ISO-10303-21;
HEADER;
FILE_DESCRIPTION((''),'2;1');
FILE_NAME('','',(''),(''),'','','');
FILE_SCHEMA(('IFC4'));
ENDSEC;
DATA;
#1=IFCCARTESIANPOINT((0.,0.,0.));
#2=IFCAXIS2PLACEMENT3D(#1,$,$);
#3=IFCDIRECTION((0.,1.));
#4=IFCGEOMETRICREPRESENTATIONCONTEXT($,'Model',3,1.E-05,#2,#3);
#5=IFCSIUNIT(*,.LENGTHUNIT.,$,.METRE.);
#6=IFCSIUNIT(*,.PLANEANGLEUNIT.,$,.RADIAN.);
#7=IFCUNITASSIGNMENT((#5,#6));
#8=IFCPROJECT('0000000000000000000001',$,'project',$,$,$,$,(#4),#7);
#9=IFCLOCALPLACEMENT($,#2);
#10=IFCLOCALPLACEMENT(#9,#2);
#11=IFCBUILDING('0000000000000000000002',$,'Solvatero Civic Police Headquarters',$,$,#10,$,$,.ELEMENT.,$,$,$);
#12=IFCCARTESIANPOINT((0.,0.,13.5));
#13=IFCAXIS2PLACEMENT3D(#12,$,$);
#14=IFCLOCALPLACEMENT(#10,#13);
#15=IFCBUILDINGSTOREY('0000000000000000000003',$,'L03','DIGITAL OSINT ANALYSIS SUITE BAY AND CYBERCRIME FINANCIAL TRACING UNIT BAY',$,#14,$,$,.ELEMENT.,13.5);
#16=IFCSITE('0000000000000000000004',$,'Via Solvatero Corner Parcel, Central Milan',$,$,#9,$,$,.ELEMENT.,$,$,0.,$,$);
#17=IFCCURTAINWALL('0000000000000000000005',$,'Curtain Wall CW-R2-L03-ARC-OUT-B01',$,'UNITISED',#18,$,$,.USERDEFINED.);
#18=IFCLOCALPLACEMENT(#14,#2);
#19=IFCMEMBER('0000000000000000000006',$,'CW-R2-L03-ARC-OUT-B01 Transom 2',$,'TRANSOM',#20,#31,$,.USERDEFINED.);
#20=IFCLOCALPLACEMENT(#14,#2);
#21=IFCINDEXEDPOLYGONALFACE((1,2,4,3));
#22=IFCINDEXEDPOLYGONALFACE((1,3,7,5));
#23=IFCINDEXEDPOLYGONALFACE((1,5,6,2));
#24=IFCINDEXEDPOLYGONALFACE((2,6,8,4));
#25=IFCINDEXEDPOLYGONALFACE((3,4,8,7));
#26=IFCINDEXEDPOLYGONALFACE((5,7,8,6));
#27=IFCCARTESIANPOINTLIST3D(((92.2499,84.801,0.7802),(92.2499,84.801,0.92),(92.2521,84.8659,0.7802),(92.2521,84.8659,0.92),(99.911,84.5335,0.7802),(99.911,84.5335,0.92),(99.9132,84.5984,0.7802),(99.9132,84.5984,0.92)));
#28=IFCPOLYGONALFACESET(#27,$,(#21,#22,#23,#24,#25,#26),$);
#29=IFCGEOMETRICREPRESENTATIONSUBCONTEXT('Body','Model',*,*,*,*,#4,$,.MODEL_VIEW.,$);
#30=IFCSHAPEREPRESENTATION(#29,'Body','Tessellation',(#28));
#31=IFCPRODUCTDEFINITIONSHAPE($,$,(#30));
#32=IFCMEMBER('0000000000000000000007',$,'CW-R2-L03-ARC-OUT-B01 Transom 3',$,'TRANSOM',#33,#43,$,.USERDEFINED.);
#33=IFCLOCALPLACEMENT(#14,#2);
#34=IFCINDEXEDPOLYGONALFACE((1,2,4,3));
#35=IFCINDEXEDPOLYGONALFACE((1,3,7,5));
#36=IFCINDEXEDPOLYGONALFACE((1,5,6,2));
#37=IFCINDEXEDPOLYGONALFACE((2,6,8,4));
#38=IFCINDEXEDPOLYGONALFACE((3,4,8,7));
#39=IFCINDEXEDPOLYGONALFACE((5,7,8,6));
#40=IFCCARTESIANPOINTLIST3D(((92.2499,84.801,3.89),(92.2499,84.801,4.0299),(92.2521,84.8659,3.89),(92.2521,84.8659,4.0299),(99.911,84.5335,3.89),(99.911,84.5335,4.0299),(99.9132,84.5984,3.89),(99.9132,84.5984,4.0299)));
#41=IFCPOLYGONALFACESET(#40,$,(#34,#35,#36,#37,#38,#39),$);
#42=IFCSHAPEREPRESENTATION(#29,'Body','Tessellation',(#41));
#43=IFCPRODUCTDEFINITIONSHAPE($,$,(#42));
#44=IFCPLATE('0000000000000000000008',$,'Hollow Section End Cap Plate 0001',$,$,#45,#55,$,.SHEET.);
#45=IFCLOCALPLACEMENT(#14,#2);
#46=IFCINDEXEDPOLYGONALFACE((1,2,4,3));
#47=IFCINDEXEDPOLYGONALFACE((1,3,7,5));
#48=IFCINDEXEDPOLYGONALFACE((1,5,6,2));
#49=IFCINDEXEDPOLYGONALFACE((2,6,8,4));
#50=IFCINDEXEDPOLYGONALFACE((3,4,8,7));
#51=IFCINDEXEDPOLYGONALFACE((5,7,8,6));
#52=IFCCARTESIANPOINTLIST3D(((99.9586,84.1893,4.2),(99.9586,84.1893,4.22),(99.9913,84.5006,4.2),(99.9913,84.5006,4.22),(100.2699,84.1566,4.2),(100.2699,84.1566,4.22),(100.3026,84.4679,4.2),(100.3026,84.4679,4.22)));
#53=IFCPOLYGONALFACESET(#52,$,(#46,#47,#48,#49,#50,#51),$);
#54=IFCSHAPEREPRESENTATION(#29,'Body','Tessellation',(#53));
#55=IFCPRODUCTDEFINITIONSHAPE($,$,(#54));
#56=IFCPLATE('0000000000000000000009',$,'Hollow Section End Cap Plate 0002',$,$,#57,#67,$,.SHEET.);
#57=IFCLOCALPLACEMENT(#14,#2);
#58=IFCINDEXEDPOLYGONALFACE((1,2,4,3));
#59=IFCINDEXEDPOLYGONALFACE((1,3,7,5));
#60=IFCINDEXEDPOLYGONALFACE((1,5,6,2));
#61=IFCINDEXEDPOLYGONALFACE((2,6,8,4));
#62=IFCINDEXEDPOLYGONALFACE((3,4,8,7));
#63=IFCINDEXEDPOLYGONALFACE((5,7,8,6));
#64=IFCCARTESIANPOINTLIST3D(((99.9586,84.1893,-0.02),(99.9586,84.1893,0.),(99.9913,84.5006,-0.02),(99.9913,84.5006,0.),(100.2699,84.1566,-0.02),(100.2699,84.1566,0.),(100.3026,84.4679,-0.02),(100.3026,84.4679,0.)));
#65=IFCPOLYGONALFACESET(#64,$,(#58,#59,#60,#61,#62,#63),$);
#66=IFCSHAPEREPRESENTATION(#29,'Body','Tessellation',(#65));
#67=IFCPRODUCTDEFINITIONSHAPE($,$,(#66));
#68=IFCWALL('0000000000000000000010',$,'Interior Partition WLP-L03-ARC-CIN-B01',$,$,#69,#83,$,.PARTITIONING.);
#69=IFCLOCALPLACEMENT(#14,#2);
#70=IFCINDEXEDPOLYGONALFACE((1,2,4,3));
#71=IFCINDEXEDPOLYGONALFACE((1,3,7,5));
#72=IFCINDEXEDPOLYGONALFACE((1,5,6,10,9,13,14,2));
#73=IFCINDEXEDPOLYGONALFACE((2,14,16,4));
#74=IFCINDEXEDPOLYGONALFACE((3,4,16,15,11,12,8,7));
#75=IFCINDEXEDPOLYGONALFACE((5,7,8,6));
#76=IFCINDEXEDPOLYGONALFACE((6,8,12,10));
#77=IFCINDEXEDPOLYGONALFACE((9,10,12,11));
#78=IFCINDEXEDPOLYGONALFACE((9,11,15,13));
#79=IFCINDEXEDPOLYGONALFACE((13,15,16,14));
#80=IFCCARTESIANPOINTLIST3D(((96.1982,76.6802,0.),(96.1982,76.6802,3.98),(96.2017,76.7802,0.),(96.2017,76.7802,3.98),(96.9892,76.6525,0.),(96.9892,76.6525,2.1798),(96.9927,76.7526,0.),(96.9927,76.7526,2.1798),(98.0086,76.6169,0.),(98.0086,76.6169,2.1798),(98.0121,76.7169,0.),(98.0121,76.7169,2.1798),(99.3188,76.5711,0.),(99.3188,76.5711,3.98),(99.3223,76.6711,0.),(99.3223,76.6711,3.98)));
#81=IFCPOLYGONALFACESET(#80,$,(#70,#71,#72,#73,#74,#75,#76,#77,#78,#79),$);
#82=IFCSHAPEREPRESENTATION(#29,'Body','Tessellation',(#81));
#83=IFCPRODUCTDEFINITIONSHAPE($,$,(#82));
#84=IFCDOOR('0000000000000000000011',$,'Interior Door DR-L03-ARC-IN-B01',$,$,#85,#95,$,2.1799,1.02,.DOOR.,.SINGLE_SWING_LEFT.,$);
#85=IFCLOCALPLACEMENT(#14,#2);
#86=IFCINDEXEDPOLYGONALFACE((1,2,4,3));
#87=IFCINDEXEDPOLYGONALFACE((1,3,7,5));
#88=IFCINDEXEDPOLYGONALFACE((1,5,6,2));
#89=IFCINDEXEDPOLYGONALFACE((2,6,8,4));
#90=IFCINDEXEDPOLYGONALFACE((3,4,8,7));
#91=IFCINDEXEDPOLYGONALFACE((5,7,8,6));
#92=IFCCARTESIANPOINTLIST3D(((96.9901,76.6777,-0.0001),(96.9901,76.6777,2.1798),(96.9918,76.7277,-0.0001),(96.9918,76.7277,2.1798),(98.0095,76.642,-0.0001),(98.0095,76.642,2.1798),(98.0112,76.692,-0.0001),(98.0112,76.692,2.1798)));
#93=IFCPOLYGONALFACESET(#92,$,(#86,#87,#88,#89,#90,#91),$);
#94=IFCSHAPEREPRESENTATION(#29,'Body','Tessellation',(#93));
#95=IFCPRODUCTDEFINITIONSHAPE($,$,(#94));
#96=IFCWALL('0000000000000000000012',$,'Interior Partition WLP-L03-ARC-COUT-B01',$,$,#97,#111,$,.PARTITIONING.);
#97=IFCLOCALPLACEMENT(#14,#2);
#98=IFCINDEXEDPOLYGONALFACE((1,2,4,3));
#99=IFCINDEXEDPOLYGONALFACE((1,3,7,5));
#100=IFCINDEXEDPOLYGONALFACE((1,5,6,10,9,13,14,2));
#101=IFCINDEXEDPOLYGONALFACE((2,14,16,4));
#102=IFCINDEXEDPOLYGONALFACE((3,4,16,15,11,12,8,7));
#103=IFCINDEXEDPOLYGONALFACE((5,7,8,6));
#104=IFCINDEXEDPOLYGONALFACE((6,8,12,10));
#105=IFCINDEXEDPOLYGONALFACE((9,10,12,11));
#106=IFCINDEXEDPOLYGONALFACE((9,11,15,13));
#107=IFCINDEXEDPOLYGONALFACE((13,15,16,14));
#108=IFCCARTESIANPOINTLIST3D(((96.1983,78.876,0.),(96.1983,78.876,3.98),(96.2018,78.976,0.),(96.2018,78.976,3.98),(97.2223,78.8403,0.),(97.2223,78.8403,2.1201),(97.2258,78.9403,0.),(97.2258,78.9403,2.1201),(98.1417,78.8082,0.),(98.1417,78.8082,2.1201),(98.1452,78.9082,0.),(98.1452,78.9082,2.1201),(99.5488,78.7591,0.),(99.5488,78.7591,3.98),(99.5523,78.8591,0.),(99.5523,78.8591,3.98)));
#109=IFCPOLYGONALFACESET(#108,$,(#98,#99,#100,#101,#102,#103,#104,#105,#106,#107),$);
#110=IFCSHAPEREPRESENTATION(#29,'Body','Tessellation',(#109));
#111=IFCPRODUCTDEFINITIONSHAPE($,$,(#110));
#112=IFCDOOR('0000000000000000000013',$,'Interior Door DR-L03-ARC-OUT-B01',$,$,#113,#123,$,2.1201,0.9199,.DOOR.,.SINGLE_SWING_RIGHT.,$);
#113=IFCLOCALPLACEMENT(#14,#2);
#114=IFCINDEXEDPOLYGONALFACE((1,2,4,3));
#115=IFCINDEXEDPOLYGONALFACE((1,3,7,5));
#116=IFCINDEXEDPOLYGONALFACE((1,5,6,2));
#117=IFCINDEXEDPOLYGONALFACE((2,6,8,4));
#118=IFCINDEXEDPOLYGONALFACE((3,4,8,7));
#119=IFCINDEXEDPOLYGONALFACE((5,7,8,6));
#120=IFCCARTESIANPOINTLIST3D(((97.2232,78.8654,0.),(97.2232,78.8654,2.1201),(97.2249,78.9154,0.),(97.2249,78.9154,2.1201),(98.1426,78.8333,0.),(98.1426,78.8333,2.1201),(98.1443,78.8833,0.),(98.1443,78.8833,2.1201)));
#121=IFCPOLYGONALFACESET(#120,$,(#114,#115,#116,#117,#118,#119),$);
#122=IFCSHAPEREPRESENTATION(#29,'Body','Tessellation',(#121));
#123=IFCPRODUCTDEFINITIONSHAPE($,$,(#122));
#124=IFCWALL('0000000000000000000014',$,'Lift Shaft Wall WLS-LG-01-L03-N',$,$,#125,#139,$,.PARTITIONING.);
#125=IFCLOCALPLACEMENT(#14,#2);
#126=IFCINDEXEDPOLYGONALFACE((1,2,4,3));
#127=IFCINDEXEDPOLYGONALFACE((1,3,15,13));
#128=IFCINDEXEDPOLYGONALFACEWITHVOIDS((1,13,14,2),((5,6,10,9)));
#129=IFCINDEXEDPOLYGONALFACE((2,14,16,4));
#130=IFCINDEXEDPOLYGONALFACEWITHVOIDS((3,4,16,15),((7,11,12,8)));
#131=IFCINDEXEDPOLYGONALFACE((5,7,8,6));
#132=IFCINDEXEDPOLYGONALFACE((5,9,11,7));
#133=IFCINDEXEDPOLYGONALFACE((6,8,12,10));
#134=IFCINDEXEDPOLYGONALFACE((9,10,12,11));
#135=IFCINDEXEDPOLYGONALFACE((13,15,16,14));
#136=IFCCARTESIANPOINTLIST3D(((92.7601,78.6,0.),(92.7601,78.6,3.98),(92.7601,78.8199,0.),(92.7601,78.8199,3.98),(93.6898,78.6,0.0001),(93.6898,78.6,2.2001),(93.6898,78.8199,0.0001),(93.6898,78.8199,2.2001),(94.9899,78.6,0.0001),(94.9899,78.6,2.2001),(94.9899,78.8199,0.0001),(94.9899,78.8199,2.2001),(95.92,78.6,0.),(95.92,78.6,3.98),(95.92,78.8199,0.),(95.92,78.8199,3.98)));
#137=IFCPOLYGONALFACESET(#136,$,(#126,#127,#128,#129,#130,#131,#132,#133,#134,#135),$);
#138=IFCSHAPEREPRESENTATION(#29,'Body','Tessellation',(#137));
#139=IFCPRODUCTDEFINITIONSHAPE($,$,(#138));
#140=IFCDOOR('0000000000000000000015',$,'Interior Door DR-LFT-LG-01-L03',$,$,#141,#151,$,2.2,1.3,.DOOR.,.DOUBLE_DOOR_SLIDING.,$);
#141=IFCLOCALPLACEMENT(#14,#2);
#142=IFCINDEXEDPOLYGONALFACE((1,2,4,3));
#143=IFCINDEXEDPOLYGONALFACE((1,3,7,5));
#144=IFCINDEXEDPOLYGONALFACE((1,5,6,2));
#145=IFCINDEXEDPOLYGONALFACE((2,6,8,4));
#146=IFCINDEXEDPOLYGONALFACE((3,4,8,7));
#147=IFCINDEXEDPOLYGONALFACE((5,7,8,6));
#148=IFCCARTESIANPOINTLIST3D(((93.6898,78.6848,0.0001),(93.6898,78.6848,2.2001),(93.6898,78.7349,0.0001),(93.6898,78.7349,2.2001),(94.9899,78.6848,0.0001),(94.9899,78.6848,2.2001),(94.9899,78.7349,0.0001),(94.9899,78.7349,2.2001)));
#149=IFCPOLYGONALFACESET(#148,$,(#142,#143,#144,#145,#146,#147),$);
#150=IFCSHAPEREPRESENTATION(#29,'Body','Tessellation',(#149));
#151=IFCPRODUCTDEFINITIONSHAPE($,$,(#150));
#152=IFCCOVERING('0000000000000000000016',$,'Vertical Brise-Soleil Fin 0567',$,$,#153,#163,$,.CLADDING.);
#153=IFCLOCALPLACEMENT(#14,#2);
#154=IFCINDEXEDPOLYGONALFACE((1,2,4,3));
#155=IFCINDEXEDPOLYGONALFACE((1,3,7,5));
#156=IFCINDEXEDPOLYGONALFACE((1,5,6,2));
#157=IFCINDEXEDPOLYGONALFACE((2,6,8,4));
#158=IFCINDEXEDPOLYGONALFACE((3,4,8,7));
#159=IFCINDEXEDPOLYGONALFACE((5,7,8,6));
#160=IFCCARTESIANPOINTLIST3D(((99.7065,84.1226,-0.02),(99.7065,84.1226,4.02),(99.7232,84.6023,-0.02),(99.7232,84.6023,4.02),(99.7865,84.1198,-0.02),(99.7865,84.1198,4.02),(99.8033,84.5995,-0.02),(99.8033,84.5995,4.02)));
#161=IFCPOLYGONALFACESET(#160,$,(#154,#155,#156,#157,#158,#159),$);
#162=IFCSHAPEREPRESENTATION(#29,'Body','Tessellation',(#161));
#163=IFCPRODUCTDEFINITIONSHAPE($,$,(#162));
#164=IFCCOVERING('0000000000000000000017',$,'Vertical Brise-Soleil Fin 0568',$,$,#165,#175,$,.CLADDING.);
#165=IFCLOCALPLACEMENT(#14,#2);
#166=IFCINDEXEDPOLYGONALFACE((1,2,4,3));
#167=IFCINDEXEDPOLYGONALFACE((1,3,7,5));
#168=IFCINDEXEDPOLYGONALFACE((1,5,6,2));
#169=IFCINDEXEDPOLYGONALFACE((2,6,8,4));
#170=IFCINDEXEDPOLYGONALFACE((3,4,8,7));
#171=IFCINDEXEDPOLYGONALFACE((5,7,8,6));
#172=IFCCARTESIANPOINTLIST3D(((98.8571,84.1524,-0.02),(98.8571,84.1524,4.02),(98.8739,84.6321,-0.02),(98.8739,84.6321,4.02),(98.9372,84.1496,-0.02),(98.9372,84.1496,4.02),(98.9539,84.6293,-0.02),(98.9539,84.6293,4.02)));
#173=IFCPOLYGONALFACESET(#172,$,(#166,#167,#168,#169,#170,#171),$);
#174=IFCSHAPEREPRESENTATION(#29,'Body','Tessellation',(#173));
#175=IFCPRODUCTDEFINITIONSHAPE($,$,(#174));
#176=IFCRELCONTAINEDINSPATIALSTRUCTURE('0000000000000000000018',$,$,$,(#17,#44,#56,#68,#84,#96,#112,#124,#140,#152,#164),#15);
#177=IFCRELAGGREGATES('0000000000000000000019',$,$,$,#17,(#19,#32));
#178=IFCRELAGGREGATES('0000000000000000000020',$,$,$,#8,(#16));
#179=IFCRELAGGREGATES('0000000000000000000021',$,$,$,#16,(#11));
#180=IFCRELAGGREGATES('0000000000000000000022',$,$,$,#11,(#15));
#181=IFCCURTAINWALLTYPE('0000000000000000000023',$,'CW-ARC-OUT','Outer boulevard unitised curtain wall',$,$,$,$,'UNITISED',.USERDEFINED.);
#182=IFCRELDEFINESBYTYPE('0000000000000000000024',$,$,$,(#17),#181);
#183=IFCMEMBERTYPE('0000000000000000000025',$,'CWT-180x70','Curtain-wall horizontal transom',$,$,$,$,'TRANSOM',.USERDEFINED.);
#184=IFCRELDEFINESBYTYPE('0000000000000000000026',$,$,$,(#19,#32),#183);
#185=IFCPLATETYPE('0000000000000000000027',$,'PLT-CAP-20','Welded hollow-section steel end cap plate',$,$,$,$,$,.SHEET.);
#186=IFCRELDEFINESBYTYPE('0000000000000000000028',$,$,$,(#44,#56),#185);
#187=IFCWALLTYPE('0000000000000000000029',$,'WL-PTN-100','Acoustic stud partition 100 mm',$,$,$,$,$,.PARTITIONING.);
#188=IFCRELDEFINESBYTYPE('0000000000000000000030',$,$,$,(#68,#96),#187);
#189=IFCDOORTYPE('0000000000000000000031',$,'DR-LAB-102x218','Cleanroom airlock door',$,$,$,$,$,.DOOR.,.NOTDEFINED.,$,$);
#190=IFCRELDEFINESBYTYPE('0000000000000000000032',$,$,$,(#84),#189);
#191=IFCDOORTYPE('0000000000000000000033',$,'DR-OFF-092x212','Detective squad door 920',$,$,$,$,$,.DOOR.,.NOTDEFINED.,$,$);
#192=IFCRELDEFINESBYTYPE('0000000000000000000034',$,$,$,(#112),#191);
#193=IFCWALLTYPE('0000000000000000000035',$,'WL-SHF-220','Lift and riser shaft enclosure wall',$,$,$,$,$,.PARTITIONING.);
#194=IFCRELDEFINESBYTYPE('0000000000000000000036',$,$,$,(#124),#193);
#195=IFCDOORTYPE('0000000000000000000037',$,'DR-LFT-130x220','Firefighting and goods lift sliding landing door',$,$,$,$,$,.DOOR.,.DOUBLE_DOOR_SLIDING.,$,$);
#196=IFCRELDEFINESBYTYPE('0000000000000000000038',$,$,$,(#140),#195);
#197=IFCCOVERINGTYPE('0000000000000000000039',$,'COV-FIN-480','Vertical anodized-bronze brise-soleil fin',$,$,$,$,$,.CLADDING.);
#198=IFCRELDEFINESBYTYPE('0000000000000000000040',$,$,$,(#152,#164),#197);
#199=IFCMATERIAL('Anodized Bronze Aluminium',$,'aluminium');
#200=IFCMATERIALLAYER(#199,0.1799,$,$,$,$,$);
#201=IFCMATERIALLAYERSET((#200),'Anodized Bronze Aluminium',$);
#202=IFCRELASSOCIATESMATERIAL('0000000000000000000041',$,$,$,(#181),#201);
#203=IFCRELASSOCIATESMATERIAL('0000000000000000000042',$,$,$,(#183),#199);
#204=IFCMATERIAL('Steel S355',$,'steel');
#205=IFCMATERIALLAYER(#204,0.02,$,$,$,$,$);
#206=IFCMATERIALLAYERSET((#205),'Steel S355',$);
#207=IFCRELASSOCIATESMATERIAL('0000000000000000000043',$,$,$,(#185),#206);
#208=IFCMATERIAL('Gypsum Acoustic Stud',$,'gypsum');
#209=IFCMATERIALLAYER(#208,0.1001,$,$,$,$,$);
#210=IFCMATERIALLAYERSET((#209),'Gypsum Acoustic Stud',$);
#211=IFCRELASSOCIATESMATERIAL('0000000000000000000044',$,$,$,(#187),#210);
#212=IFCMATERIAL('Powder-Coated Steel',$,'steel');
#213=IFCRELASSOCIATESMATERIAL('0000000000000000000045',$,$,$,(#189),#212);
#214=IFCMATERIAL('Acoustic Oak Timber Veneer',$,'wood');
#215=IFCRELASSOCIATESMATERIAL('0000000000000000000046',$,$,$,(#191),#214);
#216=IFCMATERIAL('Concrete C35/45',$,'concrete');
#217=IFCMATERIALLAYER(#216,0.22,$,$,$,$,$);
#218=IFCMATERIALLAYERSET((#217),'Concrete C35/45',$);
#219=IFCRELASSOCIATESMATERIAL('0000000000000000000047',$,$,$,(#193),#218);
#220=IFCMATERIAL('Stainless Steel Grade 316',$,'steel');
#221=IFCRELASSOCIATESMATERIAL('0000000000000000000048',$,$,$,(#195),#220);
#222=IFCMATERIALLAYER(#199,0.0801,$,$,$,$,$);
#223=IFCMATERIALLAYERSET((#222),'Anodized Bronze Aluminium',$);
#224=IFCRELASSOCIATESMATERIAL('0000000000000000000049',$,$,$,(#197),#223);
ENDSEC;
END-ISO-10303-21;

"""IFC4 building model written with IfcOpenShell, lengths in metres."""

from ifc_helpers import new_model, si_unit, direction, frame, frame_2d, origin, origin_2d, place, context, subcontext, project, spatial, rectangle, extrude, material, layer, layer_set, material_profile, profile_set, type_object, element, fill, aggregate, save


model = new_model("IFC4")

# Units and contexts
model_context = context("Model", 3, precision=1e-05, world=origin(), true_north=direction((0.0, 1.0)))
body_context = subcontext(model_context, "Body", "Model", "MODEL_VIEW")
ifc_project = project(units=[si_unit("LENGTHUNIT", "METRE"), si_unit("PLANEANGLEUNIT", "RADIAN")], contexts=[model_context])

# Site, building, storey
site_placement = place(None, origin())
site = spatial("IfcSite", under=ifc_project, at=site_placement, Name="Via Solvatero Corner Parcel, Central Milan", CompositionType="ELEMENT", RefElevation=0.0)
building_placement = place(site_placement, origin())
building = spatial("IfcBuilding", under=site, at=building_placement, Name="Solvatero Civic Police Headquarters", CompositionType="ELEMENT")
storey_placement = place(building_placement, frame((0.0, 0.0, 13.5)))
storey = spatial("IfcBuildingStorey", under=building, at=storey_placement, Name="L03", Description="DIGITAL OSINT ANALYSIS SUITE BAY AND CYBERCRIME FINANCIAL TRACING UNIT BAY", CompositionType="ELEMENT", Elevation=13.5)

# Shared definitions
ifc_material_1 = material(Name="Steel S355", Category="steel")

# Curtain wall, members
ifc_material_2 = material(Name="Anodized Bronze Aluminium", Category="aluminium")
ifc_layer_1 = layer(ifc_material_2, 0.1799)
ifc_layer_set_1 = layer_set([ifc_layer_1], Name="Anodized Bronze Aluminium")
curtain_wall_type = type_object("IfcCurtainWallType", Name="CW-ARC-OUT", Description="Outer boulevard unitised curtain wall", ElementType="UNITISED", PredefinedType="USERDEFINED", material=ifc_layer_set_1)
curtain_wall_placement = place(storey_placement, origin())
curtain_wall = element("IfcCurtainWall", 1, at=curtain_wall_placement, inside=storey, type_object=curtain_wall_type, Name="Curtain Wall CW-R2-L03-ARC-OUT-B01", ObjectType="UNITISED", PredefinedType="USERDEFINED")
ifc_material_profile_1 = material_profile(ifc_material_2, rectangle(XDim=0.0649, YDim=0.1399, at=origin_2d()), Name="ALU TRANSOM 65x140")
ifc_profile_set_1 = profile_set([ifc_material_profile_1], Name="Anodized Bronze Aluminium")
member_type_1 = type_object("IfcMemberType", Name="CWT-180x70", Description="Curtain-wall horizontal transom", ElementType="TRANSOM", PredefinedType="USERDEFINED", material=ifc_profile_set_1)
member_1_placement = place(storey_placement, frame((99.9121, 84.5659, 0.8501), z_axis=(-0.999391, 0.034905, 0.0), x_axis=(-0.034905, -0.999391, 0.0)))
member_1 = element("IfcMember", 2, at=member_1_placement, type_object=member_type_1, Name="CW-R2-L03-ARC-OUT-B01 Transom 2", ObjectType="TRANSOM", PredefinedType="USERDEFINED", context=body_context, shape_type="SweptSolid", body=[
    extrude(rectangle(XDim=0.0649, YDim=0.1399, at=origin_2d()), origin(), (0.0, 0.0, 1.0), 7.6658),
])
member_2_placement = place(storey_placement, frame((99.9121, 84.5659, 3.96), z_axis=(-0.999391, 0.034905, 0.0), x_axis=(-0.034905, -0.999391, 0.0)))
member_2 = element("IfcMember", 3, at=member_2_placement, type_object=member_type_1, Name="CW-R2-L03-ARC-OUT-B01 Transom 3", ObjectType="TRANSOM", PredefinedType="USERDEFINED", context=body_context, shape_type="SweptSolid", body=[
    extrude(rectangle(XDim=0.0649, YDim=0.1399, at=origin_2d()), origin(), (0.0, 0.0, 1.0), 7.6658),
])
aggregate(curtain_wall, [member_1, member_2])

# Plates
ifc_layer_2 = layer(ifc_material_1, 0.02)
ifc_layer_set_2 = layer_set([ifc_layer_2], Name="Steel S355")
plate_type = type_object("IfcPlateType", Name="PLT-CAP-20", Description="Welded hollow-section steel end cap plate", PredefinedType="SHEET", material=ifc_layer_set_2)
for number, where, z_axis, x_axis, name in (
    (4, (100.1306, 84.3286, 4.2), (0.0, 0.0, 1.0), (0.994522, -0.104528, 0.0), "Hollow Section End Cap Plate 0001"),
    (5, (100.1306, 84.3286, -0.02), (0.0, 0.0, 1.0), (0.994522, -0.104528, 0.0), "Hollow Section End Cap Plate 0002"),
):
    element("IfcPlate", number, at=place(storey_placement, frame(where, z_axis=z_axis, x_axis=x_axis)), inside=storey, type_object=plate_type, Name=name, PredefinedType="SHEET", context=body_context, shape_type="SweptSolid", body=[
        extrude(rectangle(XDim=0.313, YDim=0.313, at=origin_2d()), origin(), (0.0, 0.0, 1.0), 0.02),
    ])

# Walls, openings, doors
ifc_material_3 = material(Name="Gypsum Acoustic Stud", Category="gypsum")
ifc_layer_3 = layer(ifc_material_3, 0.1001)
ifc_layer_set_3 = layer_set([ifc_layer_3], Name="Gypsum Acoustic Stud")
wall_type_1 = type_object("IfcWallType", Name="WL-PTN-100", Description="Acoustic stud partition 100 mm", PredefinedType="PARTITIONING", material=ifc_layer_set_3)
wall_1_placement = place(storey_placement, frame((99.3206, 76.6211, 0.0), z_axis=(0.0, 0.0, 1.0), x_axis=(-0.999389, 0.03495, 0.0)))
wall_1 = element("IfcWall", 6, at=wall_1_placement, inside=storey, type_object=wall_type_1, Name="Interior Partition WLP-L03-ARC-CIN-B01", PredefinedType="PARTITIONING", context=body_context, shape_type="SweptSolid", body=[
    extrude(rectangle(XDim=3.1226, YDim=0.1001, at=frame_2d((1.5613, 0.0))), origin(), (0.0, 0.0, 1.0), 3.98),
])
opening_1_placement = place(wall_1_placement, frame((1.311, 0.0, 0.0)))
opening_1 = element("IfcOpeningElement", 7, at=opening_1_placement, cuts=wall_1, PredefinedType="OPENING", context=body_context, shape_type="SweptSolid", body=[
    extrude(rectangle(XDim=1.02, YDim=2.1799, at=frame_2d((0.51, 1.0898))), frame((0.0, 0.0601, 0.0), z_axis=(0.0, -1.0, 0.0), x_axis=(1.0, 0.0, 0.0)), (0.0, 0.0, 1.0), 0.1201),
])
ifc_material_4 = material(Name="Powder-Coated Steel", Category="steel")
door_type_1 = type_object("IfcDoorType", Name="DR-LAB-102x218", Description="Cleanroom airlock door", OperationType="NOTDEFINED", PredefinedType="DOOR", material=ifc_material_4)
door_1_placement = place(opening_1_placement, origin())
door_1 = element("IfcDoor", 8, at=door_1_placement, inside=storey, type_object=door_type_1, Name="Interior Door DR-L03-ARC-IN-B01", OperationType="SINGLE_SWING_LEFT", OverallHeight=2.1799, OverallWidth=1.02, PredefinedType="DOOR", context=body_context, shape_type="SweptSolid", body=[
    extrude(rectangle(XDim=1.02, YDim=2.1799, at=frame_2d((0.51, 1.0898))), frame((0.0, 0.0249, 0.0), z_axis=(0.0, -1.0, 0.0), x_axis=(1.0, 0.0, 0.0)), (0.0, 0.0, 1.0), 0.05),
])
fill(opening_1, door_1)
wall_2_placement = place(storey_placement, frame((99.5505, 78.8091, 0.0), z_axis=(0.0, 0.0, 1.0), x_axis=(-0.999391, 0.034881, 0.0)))
wall_2 = element("IfcWall", 9, at=wall_2_placement, inside=storey, type_object=wall_type_1, Name="Interior Partition WLP-L03-ARC-COUT-B01", PredefinedType="PARTITIONING", context=body_context, shape_type="SweptSolid", body=[
    extrude(rectangle(XDim=3.3525, YDim=0.1001, at=frame_2d((1.6763, 0.0))), origin(), (0.0, 0.0, 1.0), 3.98),
])
opening_2_placement = place(wall_2_placement, frame((1.408, 0.0, 0.0)))
opening_2 = element("IfcOpeningElement", 10, at=opening_2_placement, cuts=wall_2, PredefinedType="OPENING", context=body_context, shape_type="SweptSolid", body=[
    extrude(rectangle(XDim=0.9199, YDim=2.1201, at=frame_2d((0.46, 1.0601))), frame((0.0, 0.0601, 0.0), z_axis=(0.0, -1.0, 0.0), x_axis=(1.0, 0.0, 0.0)), (0.0, 0.0, 1.0), 0.1201),
])
ifc_material_5 = material(Name="Acoustic Oak Timber Veneer", Category="wood")
door_type_2 = type_object("IfcDoorType", Name="DR-OFF-092x212", Description="Detective squad door 920", OperationType="NOTDEFINED", PredefinedType="DOOR", material=ifc_material_5)
door_2_placement = place(opening_2_placement, origin())
door_2 = element("IfcDoor", 11, at=door_2_placement, inside=storey, type_object=door_type_2, Name="Interior Door DR-L03-ARC-OUT-B01", OperationType="SINGLE_SWING_RIGHT", OverallHeight=2.1201, OverallWidth=0.9199, PredefinedType="DOOR", context=body_context, shape_type="SweptSolid", body=[
    extrude(rectangle(XDim=0.9199, YDim=2.1201, at=frame_2d((0.46, 1.0601))), frame((0.0, 0.0249, 0.0), z_axis=(0.0, -1.0, 0.0), x_axis=(1.0, 0.0, 0.0)), (0.0, 0.0, 1.0), 0.05),
])
fill(opening_2, door_2)
ifc_material_6 = material(Name="Concrete C35/45", Category="concrete")
ifc_layer_4 = layer(ifc_material_6, 0.22)
ifc_layer_set_4 = layer_set([ifc_layer_4], Name="Concrete C35/45")
wall_type_2 = type_object("IfcWallType", Name="WL-SHF-220", Description="Lift and riser shaft enclosure wall", PredefinedType="PARTITIONING", material=ifc_layer_set_4)
wall_3_placement = place(storey_placement, frame((92.76, 78.71, 0.0), z_axis=(0.0, 0.0, 1.0), x_axis=(1.0, 0.0, 0.0)))
wall_3 = element("IfcWall", 12, at=wall_3_placement, inside=storey, type_object=wall_type_2, Name="Lift Shaft Wall WLS-LG-01-L03-N", PredefinedType="PARTITIONING", context=body_context, shape_type="SweptSolid", body=[
    extrude(rectangle(XDim=3.1599, YDim=0.22, at=frame_2d((1.5801, 0.0))), origin(), (0.0, 0.0, 1.0), 3.98),
])
opening_3_placement = place(wall_3_placement, frame((0.9299, 0.0, 0.0)))
opening_3 = element("IfcOpeningElement", 13, at=opening_3_placement, cuts=wall_3, PredefinedType="OPENING", context=body_context, shape_type="SweptSolid", body=[
    extrude(rectangle(XDim=1.3, YDim=2.2, at=frame_2d((0.6499, 1.1001))), frame((0.0, 0.1199, 0.0), z_axis=(0.0, -1.0, 0.0), x_axis=(1.0, 0.0, 0.0)), (0.0, 0.0, 1.0), 0.24),
])
ifc_material_7 = material(Name="Stainless Steel Grade 316", Category="steel")
door_type_3 = type_object("IfcDoorType", Name="DR-LFT-130x220", Description="Firefighting and goods lift sliding landing door", OperationType="DOUBLE_DOOR_SLIDING", PredefinedType="DOOR", material=ifc_material_7)
door_3_placement = place(opening_3_placement, origin())
door_3 = element("IfcDoor", 14, at=door_3_placement, inside=storey, type_object=door_type_3, Name="Interior Door DR-LFT-LG-01-L03", OperationType="DOUBLE_DOOR_SLIDING", OverallHeight=2.2, OverallWidth=1.3, PredefinedType="DOOR", context=body_context, shape_type="SweptSolid", body=[
    extrude(rectangle(XDim=1.3, YDim=2.2, at=frame_2d((0.6499, 1.1001))), frame((0.0, 0.0249, 0.0), z_axis=(0.0, -1.0, 0.0), x_axis=(1.0, 0.0, 0.0)), (0.0, 0.0, 1.0), 0.05),
])
fill(opening_3, door_3)

# Coverings
ifc_layer_5 = layer(ifc_material_2, 0.0801)
ifc_layer_set_5 = layer_set([ifc_layer_5], Name="Anodized Bronze Aluminium")
covering_type = type_object("IfcCoveringType", Name="COV-FIN-480", Description="Vertical anodized-bronze brise-soleil fin", PredefinedType="CLADDING", material=ifc_layer_set_5)
for number, where, z_axis, x_axis, name in (
    (15, (99.7549, 84.3611, -0.02), (0.0, 0.0, 1.0), (-0.99939, 0.034917, 0.0), "Vertical Brise-Soleil Fin 0567"),
    (16, (98.9055, 84.3909, -0.02), (0.0, 0.0, 1.0), (-0.99939, 0.034917, 0.0), "Vertical Brise-Soleil Fin 0568"),
):
    element("IfcCovering", number, at=place(storey_placement, frame(where, z_axis=z_axis, x_axis=x_axis)), inside=storey, type_object=covering_type, Name=name, PredefinedType="CLADDING", context=body_context, shape_type="SweptSolid", body=[
        extrude(rectangle(XDim=0.0801, YDim=0.48, at=origin_2d()), origin(), (0.0, 0.0, 1.0), 4.04),
    ])

save(model, "model.ifc")
